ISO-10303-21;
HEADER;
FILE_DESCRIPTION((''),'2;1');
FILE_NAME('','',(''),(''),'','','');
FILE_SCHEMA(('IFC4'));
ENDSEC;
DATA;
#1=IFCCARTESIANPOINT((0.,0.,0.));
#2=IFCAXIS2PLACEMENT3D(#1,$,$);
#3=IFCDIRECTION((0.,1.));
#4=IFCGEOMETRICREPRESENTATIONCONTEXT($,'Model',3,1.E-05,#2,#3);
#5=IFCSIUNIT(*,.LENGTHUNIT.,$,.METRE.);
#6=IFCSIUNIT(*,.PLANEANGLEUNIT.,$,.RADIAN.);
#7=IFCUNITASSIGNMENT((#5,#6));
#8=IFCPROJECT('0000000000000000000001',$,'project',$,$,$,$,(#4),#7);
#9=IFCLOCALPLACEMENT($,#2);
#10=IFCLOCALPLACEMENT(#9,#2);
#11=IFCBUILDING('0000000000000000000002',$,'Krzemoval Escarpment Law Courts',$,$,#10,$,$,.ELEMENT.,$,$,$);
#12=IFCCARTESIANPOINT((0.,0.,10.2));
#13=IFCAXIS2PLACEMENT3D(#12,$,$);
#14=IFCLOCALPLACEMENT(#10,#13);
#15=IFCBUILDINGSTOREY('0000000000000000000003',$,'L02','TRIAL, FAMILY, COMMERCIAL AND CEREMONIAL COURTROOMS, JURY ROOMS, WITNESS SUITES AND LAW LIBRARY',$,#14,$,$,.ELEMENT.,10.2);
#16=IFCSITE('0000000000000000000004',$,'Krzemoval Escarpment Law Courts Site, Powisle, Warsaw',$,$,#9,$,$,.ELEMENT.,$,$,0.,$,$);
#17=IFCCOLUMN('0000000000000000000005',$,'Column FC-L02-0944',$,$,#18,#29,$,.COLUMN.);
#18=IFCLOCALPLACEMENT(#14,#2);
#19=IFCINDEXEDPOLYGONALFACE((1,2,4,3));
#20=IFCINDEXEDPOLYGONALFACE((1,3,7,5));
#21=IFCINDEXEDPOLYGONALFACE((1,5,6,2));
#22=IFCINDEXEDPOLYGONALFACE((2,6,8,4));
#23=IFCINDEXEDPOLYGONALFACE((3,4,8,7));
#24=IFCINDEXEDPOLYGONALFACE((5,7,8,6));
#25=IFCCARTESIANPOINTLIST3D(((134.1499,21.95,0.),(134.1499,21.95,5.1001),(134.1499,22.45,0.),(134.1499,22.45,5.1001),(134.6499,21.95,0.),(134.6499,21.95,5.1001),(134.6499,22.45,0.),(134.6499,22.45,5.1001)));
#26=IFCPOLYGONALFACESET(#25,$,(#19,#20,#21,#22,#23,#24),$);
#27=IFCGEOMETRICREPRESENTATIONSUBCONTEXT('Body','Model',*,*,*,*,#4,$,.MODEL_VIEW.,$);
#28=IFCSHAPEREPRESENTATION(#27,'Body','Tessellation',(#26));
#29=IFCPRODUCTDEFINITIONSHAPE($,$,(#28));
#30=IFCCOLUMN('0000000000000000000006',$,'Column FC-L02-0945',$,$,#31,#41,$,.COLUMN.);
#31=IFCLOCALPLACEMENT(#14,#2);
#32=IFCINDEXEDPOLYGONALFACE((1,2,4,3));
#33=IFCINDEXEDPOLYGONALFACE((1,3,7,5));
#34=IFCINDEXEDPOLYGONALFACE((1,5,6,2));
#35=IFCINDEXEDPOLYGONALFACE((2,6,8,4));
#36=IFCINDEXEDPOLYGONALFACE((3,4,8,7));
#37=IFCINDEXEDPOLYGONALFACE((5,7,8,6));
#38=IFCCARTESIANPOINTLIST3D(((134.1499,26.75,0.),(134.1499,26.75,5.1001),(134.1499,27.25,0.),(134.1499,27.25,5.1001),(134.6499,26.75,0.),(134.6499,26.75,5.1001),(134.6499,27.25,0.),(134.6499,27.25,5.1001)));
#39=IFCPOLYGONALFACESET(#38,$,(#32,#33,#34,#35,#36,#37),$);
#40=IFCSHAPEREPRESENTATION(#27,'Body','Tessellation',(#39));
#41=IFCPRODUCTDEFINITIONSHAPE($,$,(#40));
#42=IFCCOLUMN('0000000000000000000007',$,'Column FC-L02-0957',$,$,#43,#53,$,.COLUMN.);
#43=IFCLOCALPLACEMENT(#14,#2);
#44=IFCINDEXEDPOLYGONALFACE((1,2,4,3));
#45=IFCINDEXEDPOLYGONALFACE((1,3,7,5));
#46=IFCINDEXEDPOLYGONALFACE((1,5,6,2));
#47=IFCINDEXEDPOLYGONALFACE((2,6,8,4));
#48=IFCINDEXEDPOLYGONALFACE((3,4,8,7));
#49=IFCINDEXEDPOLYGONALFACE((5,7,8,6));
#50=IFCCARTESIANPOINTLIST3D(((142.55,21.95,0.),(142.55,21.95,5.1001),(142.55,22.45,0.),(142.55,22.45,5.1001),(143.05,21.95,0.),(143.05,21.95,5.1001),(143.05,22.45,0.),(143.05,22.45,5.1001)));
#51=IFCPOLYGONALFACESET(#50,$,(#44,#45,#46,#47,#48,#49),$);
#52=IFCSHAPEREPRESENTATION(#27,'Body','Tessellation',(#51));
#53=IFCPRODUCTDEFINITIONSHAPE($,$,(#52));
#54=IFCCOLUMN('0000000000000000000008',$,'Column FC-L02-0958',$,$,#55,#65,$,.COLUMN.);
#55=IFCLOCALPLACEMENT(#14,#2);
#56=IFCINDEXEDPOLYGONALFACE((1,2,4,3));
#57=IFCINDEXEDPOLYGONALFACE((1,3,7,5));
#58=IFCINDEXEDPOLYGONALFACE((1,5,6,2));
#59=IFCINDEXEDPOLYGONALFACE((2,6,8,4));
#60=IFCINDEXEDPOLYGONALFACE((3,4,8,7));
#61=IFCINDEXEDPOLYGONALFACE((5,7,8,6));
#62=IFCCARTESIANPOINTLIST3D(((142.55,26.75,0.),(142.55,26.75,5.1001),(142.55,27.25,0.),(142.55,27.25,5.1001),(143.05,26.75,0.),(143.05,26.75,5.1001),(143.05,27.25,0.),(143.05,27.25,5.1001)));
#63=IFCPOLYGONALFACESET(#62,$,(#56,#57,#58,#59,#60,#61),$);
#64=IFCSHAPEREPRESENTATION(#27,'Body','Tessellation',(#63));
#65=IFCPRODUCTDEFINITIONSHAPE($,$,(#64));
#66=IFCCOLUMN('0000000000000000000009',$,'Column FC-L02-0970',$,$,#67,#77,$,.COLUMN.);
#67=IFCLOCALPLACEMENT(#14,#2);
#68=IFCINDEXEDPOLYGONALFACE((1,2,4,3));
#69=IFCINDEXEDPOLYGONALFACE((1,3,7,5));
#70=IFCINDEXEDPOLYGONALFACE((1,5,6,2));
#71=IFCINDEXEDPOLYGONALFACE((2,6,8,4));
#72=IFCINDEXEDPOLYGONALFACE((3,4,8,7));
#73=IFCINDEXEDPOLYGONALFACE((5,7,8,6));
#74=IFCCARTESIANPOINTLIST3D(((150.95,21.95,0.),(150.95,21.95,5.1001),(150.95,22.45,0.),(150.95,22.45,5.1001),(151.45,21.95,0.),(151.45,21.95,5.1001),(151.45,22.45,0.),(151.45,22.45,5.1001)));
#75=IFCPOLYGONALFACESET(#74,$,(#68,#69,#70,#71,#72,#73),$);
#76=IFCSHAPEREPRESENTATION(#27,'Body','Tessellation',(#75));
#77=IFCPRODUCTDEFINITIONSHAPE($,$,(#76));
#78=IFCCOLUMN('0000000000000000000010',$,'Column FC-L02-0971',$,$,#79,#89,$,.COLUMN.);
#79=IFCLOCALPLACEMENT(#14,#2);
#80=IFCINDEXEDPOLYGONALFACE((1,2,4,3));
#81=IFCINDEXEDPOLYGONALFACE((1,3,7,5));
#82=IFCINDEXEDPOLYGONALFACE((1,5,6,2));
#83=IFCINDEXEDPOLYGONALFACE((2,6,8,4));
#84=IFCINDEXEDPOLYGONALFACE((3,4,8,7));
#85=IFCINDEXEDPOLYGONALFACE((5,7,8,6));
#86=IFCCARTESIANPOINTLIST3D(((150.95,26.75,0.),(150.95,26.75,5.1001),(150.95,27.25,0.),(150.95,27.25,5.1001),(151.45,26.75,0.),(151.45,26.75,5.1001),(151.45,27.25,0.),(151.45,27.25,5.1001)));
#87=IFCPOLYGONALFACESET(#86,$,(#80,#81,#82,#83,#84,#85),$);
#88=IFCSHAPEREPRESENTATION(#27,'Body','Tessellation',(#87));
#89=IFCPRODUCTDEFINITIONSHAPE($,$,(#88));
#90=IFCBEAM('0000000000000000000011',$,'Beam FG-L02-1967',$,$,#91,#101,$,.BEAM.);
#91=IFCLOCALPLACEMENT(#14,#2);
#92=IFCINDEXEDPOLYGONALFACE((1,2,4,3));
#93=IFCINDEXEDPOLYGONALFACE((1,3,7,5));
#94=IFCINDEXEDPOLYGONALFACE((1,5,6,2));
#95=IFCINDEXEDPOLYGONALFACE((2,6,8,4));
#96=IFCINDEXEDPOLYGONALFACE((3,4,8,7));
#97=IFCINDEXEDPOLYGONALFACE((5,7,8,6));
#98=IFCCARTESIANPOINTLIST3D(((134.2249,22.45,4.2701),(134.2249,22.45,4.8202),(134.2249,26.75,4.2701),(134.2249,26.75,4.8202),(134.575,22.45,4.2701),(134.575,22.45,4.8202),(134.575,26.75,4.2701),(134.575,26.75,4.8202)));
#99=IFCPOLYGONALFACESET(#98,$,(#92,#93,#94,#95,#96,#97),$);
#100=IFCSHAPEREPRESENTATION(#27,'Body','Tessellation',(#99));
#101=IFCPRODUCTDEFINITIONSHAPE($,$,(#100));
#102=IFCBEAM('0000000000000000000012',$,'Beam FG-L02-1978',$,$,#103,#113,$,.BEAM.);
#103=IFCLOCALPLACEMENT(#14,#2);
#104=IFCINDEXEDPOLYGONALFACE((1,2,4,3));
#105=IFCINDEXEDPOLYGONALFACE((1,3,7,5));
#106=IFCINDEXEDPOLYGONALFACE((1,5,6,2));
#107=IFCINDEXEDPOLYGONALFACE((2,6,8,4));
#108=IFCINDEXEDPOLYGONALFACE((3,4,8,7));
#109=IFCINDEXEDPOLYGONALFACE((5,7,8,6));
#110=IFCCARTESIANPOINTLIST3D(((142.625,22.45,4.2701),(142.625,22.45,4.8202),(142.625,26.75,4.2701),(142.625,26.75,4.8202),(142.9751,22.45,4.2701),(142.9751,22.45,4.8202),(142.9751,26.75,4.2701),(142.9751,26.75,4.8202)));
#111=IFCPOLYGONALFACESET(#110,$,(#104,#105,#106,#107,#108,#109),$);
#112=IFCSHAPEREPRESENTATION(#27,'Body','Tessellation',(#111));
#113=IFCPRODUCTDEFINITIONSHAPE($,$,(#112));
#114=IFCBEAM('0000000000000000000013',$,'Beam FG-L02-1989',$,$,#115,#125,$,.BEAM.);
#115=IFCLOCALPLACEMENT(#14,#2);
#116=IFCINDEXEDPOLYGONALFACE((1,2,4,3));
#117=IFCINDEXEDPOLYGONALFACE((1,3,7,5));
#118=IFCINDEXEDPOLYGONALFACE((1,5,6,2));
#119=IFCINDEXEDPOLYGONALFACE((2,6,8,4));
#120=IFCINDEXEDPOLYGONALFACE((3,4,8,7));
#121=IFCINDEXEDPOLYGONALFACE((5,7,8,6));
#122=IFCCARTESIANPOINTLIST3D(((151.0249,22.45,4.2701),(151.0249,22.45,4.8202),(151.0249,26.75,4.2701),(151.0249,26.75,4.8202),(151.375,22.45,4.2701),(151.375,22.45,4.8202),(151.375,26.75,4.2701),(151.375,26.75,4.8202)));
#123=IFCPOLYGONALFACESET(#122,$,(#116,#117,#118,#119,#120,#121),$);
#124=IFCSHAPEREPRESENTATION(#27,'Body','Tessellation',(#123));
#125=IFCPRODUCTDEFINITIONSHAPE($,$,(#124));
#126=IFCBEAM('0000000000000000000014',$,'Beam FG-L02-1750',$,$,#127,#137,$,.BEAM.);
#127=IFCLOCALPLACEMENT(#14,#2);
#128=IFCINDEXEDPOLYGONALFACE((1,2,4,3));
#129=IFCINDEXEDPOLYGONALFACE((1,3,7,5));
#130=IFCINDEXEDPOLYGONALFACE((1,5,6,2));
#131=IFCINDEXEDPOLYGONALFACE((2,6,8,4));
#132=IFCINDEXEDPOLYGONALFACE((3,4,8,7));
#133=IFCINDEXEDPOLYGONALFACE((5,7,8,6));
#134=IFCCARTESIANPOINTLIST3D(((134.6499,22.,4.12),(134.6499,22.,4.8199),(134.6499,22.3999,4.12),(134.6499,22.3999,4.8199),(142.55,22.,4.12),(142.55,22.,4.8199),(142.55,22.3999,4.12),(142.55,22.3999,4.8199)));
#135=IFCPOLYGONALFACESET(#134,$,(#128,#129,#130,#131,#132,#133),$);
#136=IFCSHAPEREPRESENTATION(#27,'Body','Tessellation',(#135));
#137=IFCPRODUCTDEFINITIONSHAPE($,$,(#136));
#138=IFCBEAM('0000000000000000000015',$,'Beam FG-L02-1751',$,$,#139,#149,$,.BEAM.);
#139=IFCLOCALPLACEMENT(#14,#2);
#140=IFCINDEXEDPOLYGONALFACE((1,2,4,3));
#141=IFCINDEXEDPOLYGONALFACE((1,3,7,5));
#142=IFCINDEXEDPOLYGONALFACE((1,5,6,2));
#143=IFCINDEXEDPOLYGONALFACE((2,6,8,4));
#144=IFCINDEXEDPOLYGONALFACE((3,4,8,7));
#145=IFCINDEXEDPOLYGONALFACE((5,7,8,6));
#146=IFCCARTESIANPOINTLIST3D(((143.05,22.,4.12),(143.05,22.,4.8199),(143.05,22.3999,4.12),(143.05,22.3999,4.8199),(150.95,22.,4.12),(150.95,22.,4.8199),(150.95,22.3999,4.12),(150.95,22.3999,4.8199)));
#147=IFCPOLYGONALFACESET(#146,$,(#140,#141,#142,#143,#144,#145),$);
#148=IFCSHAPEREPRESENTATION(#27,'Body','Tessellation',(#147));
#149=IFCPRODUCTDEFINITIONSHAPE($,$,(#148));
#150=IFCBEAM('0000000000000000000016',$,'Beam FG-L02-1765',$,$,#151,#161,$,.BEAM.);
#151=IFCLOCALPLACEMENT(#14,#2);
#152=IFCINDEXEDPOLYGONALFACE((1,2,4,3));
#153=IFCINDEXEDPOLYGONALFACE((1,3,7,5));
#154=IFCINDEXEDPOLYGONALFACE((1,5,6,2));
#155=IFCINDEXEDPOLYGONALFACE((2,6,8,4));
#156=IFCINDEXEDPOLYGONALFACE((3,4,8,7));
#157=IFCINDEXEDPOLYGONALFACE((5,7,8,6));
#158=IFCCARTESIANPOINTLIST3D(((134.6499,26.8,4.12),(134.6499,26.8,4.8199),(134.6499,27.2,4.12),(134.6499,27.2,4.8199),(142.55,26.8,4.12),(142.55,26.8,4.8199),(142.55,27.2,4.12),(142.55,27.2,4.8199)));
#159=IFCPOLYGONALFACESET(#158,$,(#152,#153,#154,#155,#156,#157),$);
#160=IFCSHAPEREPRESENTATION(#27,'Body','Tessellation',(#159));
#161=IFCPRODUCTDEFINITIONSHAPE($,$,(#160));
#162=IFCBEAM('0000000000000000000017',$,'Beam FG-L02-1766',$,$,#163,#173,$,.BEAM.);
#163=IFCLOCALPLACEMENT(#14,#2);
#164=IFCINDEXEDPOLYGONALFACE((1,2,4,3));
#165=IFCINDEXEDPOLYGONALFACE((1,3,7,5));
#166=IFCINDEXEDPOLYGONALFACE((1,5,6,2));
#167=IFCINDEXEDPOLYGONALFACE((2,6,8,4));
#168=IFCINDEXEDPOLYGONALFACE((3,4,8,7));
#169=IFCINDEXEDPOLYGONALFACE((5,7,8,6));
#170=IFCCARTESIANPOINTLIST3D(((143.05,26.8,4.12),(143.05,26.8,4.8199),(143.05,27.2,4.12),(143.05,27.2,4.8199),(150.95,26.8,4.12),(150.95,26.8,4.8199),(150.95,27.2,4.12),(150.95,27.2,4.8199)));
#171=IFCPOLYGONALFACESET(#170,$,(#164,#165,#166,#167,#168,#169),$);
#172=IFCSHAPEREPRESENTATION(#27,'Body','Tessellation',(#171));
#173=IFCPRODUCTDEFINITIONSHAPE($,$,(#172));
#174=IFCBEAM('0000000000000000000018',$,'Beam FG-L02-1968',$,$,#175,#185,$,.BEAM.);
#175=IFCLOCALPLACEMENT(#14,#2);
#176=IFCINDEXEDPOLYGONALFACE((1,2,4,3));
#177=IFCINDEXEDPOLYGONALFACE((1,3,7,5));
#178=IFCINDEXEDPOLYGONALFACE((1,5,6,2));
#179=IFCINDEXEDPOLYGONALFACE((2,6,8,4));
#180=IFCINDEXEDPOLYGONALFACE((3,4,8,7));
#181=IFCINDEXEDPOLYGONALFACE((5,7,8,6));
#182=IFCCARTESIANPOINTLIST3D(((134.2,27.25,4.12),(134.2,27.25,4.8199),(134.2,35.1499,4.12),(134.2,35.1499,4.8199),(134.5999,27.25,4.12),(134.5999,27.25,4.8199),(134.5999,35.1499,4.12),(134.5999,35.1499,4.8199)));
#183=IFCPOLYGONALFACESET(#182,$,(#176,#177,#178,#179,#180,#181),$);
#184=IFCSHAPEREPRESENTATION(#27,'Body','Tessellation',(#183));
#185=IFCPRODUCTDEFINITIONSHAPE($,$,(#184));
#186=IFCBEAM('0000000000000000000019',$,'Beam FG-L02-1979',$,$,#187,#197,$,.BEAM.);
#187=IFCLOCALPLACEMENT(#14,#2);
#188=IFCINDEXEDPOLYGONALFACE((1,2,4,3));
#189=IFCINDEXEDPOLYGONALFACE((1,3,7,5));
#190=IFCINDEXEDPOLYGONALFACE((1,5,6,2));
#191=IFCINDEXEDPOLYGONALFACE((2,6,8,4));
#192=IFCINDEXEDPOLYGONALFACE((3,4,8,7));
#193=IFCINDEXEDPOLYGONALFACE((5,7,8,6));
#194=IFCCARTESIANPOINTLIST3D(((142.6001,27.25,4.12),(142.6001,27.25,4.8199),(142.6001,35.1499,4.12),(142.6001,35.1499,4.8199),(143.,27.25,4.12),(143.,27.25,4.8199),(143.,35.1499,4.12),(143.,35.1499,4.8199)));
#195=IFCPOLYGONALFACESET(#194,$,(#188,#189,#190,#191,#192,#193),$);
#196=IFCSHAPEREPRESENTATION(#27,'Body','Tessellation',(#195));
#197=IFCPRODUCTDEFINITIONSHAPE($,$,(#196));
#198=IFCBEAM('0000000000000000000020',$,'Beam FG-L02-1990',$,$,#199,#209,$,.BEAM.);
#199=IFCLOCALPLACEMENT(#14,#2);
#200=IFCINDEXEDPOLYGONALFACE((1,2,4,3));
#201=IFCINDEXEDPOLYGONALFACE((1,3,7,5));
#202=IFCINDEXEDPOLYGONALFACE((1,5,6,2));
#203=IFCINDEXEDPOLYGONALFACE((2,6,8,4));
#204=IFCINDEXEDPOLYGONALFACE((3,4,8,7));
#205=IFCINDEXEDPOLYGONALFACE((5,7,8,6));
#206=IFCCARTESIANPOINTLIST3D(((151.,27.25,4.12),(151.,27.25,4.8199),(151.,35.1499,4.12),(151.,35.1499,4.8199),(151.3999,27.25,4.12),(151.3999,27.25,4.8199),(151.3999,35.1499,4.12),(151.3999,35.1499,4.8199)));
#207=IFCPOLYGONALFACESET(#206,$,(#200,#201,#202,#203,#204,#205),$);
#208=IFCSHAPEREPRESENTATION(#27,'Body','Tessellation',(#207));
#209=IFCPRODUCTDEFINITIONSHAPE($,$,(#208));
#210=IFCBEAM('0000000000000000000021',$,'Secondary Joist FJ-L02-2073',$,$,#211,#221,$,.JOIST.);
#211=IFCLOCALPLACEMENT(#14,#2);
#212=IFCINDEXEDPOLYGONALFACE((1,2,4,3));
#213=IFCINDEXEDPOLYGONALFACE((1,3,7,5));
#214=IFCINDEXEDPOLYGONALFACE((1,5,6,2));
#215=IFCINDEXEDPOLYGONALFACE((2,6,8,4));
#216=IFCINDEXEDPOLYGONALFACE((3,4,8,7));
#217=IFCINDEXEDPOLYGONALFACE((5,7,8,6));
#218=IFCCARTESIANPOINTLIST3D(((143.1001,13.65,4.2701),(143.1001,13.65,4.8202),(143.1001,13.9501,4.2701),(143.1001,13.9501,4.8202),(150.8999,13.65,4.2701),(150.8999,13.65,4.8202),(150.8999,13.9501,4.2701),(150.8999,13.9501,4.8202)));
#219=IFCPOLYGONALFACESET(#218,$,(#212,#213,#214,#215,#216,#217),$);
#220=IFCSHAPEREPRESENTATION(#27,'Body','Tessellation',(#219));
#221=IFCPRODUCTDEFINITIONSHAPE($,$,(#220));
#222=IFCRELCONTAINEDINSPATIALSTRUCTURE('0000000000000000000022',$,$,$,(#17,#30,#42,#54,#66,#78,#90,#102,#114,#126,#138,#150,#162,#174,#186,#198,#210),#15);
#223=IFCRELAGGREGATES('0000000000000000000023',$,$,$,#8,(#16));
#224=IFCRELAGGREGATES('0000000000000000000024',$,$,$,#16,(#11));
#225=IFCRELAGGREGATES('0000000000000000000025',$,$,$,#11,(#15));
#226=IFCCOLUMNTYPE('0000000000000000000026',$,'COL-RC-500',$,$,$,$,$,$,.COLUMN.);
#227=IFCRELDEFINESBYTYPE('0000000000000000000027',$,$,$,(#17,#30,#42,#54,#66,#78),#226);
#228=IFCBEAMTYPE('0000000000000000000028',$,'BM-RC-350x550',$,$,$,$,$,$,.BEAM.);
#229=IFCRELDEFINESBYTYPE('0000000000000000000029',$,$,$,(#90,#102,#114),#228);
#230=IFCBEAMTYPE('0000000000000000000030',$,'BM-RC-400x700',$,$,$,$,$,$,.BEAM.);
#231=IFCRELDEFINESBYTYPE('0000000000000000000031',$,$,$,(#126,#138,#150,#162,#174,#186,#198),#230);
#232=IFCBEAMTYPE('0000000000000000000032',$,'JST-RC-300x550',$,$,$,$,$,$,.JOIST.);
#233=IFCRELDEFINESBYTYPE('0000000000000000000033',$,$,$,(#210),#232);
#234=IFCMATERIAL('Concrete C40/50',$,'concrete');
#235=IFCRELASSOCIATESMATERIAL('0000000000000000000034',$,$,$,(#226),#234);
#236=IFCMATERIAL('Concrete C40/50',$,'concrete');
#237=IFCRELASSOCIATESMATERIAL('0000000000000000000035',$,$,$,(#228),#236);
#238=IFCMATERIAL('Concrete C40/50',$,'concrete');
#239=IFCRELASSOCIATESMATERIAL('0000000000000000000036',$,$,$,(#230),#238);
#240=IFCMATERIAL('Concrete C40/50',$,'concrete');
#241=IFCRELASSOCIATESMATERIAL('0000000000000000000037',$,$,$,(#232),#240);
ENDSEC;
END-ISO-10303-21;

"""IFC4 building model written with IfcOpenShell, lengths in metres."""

from ifc_helpers import new_model, si_unit, direction, frame, origin, origin_2d, place, context, subcontext, project, spatial, rectangle, extrude, material, material_profile, profile_set, type_object, element, save


model = new_model("IFC4")

# Units and contexts
model_context = context("Model", 3, precision=1e-05, world=origin(), true_north=direction((0.0, 1.0)))
body_context = subcontext(model_context, "Body", "Model", "MODEL_VIEW")
ifc_project = project(units=[si_unit("LENGTHUNIT", "METRE"), si_unit("PLANEANGLEUNIT", "RADIAN")], contexts=[model_context])

# Site, building, storey
site_placement = place(None, origin())
site = spatial("IfcSite", under=ifc_project, at=site_placement, Name="Krzemoval Escarpment Law Courts Site, Powisle, Warsaw", CompositionType="ELEMENT", RefElevation=0.0)
building_placement = place(site_placement, origin())
building = spatial("IfcBuilding", under=site, at=building_placement, Name="Krzemoval Escarpment Law Courts", CompositionType="ELEMENT")
storey_placement = place(building_placement, frame((0.0, 0.0, 10.2)))
storey = spatial("IfcBuildingStorey", under=building, at=storey_placement, Name="L02", Description="TRIAL, FAMILY, COMMERCIAL AND CEREMONIAL COURTROOMS, JURY ROOMS, WITNESS SUITES AND LAW LIBRARY", CompositionType="ELEMENT", Elevation=10.2)

# Columns
ifc_material_1 = material(Name="Concrete C40/50", Category="concrete")
ifc_material_profile_1 = material_profile(ifc_material_1, rectangle(XDim=0.5, YDim=0.5, at=origin_2d()), Name="RC 500x500")
ifc_profile_set_1 = profile_set([ifc_material_profile_1], Name="Concrete C40/50")
column_type = type_object("IfcColumnType", Name="COL-RC-500", PredefinedType="COLUMN", material=ifc_profile_set_1)
for number, where, z_axis, x_axis, name in (
    (1, (134.3999, 22.2, 0.0), (0.0, 0.0, 1.0), (1.0, 0.0, 0.0), "Column FC-L02-0944"),
    (2, (134.3999, 27.0, 0.0), (0.0, 0.0, 1.0), (1.0, 0.0, 0.0), "Column FC-L02-0945"),
    (3, (142.8, 22.2, 0.0), (0.0, 0.0, 1.0), (1.0, 0.0, 0.0), "Column FC-L02-0957"),
    (4, (142.8, 27.0, 0.0), (0.0, 0.0, 1.0), (1.0, 0.0, 0.0), "Column FC-L02-0958"),
    (5, (151.2, 22.2, 0.0), (0.0, 0.0, 1.0), (1.0, 0.0, 0.0), "Column FC-L02-0970"),
    (6, (151.2, 27.0, 0.0), (0.0, 0.0, 1.0), (1.0, 0.0, 0.0), "Column FC-L02-0971"),
):
    element("IfcColumn", number, at=place(storey_placement, frame(where, z_axis=z_axis, x_axis=x_axis)), inside=storey, type_object=column_type, Name=name, PredefinedType="COLUMN", context=body_context, shape_type="SweptSolid", body=[
        extrude(rectangle(XDim=0.5, YDim=0.5, at=origin_2d()), origin(), (0.0, 0.0, 1.0), 5.1001),
    ])

# Beams
ifc_material_2 = material(Name="Concrete C40/50", Category="concrete")
ifc_material_profile_2 = material_profile(ifc_material_2, rectangle(XDim=0.3501, YDim=0.55, at=origin_2d()), Name="RCB 350x550")
ifc_profile_set_2 = profile_set([ifc_material_profile_2], Name="Concrete C40/50")
beam_type_1 = type_object("IfcBeamType", Name="BM-RC-350x550", PredefinedType="BEAM", material=ifc_profile_set_2)
for number, where, z_axis, x_axis, name in (
    (7, (134.3999, 22.45, 4.5452), (0.0, 1.0, 0.0), (-1.0, 0.0, 0.0), "Beam FG-L02-1967"),
    (8, (142.8, 22.45, 4.5452), (0.0, 1.0, 0.0), (-1.0, 0.0, 0.0), "Beam FG-L02-1978"),
    (9, (151.2, 22.45, 4.5452), (0.0, 1.0, 0.0), (-1.0, 0.0, 0.0), "Beam FG-L02-1989"),
):
    element("IfcBeam", number, at=place(storey_placement, frame(where, z_axis=z_axis, x_axis=x_axis)), inside=storey, type_object=beam_type_1, Name=name, PredefinedType="BEAM", context=body_context, shape_type="SweptSolid", body=[
        extrude(rectangle(XDim=0.3501, YDim=0.55, at=origin_2d()), origin(), (0.0, 0.0, 1.0), 4.3),
    ])
ifc_material_3 = material(Name="Concrete C40/50", Category="concrete")
ifc_material_profile_3 = material_profile(ifc_material_3, rectangle(XDim=0.3999, YDim=0.7, at=origin_2d()), Name="RCB 400x700")
ifc_profile_set_3 = profile_set([ifc_material_profile_3], Name="Concrete C40/50")
beam_type_2 = type_object("IfcBeamType", Name="BM-RC-400x700", PredefinedType="BEAM", material=ifc_profile_set_3)
beam_1_placement = place(storey_placement, frame((134.6499, 22.2, 4.47), z_axis=(1.0, 0.0, 0.0), x_axis=(0.0, 1.0, 0.0)))
element("IfcBeam", 10, at=beam_1_placement, inside=storey, type_object=beam_type_2, Name="Beam FG-L02-1750", PredefinedType="BEAM", context=body_context, shape_type="SweptSolid", body=[
    extrude(rectangle(XDim=0.3999, YDim=0.7, at=origin_2d()), origin(), (0.0, 0.0, 1.0), 7.9001),
])
beam_2_placement = place(storey_placement, frame((143.05, 22.2, 4.47), z_axis=(1.0, 0.0, 0.0), x_axis=(0.0, 1.0, 0.0)))
element("IfcBeam", 11, at=beam_2_placement, inside=storey, type_object=beam_type_2, Name="Beam FG-L02-1751", PredefinedType="BEAM", context=body_context, shape_type="SweptSolid", body=[
    extrude(rectangle(XDim=0.3999, YDim=0.7, at=origin_2d()), origin(), (0.0, 0.0, 1.0), 7.8999),
])
beam_3_placement = place(storey_placement, frame((134.6499, 27.0, 4.47), z_axis=(1.0, 0.0, 0.0), x_axis=(0.0, 1.0, 0.0)))
element("IfcBeam", 12, at=beam_3_placement, inside=storey, type_object=beam_type_2, Name="Beam FG-L02-1765", PredefinedType="BEAM", context=body_context, shape_type="SweptSolid", body=[
    extrude(rectangle(XDim=0.3999, YDim=0.7, at=origin_2d()), origin(), (0.0, 0.0, 1.0), 7.9001),
])
for number, where, z_axis, x_axis, name in (
    (13, (143.05, 27.0, 4.47), (1.0, 0.0, 0.0), (0.0, 1.0, 0.0), "Beam FG-L02-1766"),
    (14, (134.3999, 27.25, 4.47), (0.0, 1.0, 0.0), (-1.0, 0.0, 0.0), "Beam FG-L02-1968"),
    (15, (142.8, 27.25, 4.47), (0.0, 1.0, 0.0), (-1.0, 0.0, 0.0), "Beam FG-L02-1979"),
    (16, (151.2, 27.25, 4.47), (0.0, 1.0, 0.0), (-1.0, 0.0, 0.0), "Beam FG-L02-1990"),
):
    element("IfcBeam", number, at=place(storey_placement, frame(where, z_axis=z_axis, x_axis=x_axis)), inside=storey, type_object=beam_type_2, Name=name, PredefinedType="BEAM", context=body_context, shape_type="SweptSolid", body=[
        extrude(rectangle(XDim=0.3999, YDim=0.7, at=origin_2d()), origin(), (0.0, 0.0, 1.0), 7.8999),
    ])
ifc_material_4 = material(Name="Concrete C40/50", Category="concrete")
ifc_material_profile_4 = material_profile(ifc_material_4, rectangle(XDim=0.3, YDim=0.55, at=origin_2d()), Name="RCB 300x550")
ifc_profile_set_4 = profile_set([ifc_material_profile_4], Name="Concrete C40/50")
beam_type_3 = type_object("IfcBeamType", Name="JST-RC-300x550", PredefinedType="JOIST", material=ifc_profile_set_4)
for number, where, z_axis, x_axis, name in (
    (17, (143.1001, 13.8, 4.5452), (1.0, 0.0, 0.0), (0.0, 1.0, 0.0), "Secondary Joist FJ-L02-2073"),
):
    element("IfcBeam", number, at=place(storey_placement, frame(where, z_axis=z_axis, x_axis=x_axis)), inside=storey, type_object=beam_type_3, Name=name, PredefinedType="JOIST", context=body_context, shape_type="SweptSolid", body=[
        extrude(rectangle(XDim=0.3, YDim=0.55, at=origin_2d()), origin(), (0.0, 0.0, 1.0), 7.7998),
    ])

save(model, "model.ifc")
